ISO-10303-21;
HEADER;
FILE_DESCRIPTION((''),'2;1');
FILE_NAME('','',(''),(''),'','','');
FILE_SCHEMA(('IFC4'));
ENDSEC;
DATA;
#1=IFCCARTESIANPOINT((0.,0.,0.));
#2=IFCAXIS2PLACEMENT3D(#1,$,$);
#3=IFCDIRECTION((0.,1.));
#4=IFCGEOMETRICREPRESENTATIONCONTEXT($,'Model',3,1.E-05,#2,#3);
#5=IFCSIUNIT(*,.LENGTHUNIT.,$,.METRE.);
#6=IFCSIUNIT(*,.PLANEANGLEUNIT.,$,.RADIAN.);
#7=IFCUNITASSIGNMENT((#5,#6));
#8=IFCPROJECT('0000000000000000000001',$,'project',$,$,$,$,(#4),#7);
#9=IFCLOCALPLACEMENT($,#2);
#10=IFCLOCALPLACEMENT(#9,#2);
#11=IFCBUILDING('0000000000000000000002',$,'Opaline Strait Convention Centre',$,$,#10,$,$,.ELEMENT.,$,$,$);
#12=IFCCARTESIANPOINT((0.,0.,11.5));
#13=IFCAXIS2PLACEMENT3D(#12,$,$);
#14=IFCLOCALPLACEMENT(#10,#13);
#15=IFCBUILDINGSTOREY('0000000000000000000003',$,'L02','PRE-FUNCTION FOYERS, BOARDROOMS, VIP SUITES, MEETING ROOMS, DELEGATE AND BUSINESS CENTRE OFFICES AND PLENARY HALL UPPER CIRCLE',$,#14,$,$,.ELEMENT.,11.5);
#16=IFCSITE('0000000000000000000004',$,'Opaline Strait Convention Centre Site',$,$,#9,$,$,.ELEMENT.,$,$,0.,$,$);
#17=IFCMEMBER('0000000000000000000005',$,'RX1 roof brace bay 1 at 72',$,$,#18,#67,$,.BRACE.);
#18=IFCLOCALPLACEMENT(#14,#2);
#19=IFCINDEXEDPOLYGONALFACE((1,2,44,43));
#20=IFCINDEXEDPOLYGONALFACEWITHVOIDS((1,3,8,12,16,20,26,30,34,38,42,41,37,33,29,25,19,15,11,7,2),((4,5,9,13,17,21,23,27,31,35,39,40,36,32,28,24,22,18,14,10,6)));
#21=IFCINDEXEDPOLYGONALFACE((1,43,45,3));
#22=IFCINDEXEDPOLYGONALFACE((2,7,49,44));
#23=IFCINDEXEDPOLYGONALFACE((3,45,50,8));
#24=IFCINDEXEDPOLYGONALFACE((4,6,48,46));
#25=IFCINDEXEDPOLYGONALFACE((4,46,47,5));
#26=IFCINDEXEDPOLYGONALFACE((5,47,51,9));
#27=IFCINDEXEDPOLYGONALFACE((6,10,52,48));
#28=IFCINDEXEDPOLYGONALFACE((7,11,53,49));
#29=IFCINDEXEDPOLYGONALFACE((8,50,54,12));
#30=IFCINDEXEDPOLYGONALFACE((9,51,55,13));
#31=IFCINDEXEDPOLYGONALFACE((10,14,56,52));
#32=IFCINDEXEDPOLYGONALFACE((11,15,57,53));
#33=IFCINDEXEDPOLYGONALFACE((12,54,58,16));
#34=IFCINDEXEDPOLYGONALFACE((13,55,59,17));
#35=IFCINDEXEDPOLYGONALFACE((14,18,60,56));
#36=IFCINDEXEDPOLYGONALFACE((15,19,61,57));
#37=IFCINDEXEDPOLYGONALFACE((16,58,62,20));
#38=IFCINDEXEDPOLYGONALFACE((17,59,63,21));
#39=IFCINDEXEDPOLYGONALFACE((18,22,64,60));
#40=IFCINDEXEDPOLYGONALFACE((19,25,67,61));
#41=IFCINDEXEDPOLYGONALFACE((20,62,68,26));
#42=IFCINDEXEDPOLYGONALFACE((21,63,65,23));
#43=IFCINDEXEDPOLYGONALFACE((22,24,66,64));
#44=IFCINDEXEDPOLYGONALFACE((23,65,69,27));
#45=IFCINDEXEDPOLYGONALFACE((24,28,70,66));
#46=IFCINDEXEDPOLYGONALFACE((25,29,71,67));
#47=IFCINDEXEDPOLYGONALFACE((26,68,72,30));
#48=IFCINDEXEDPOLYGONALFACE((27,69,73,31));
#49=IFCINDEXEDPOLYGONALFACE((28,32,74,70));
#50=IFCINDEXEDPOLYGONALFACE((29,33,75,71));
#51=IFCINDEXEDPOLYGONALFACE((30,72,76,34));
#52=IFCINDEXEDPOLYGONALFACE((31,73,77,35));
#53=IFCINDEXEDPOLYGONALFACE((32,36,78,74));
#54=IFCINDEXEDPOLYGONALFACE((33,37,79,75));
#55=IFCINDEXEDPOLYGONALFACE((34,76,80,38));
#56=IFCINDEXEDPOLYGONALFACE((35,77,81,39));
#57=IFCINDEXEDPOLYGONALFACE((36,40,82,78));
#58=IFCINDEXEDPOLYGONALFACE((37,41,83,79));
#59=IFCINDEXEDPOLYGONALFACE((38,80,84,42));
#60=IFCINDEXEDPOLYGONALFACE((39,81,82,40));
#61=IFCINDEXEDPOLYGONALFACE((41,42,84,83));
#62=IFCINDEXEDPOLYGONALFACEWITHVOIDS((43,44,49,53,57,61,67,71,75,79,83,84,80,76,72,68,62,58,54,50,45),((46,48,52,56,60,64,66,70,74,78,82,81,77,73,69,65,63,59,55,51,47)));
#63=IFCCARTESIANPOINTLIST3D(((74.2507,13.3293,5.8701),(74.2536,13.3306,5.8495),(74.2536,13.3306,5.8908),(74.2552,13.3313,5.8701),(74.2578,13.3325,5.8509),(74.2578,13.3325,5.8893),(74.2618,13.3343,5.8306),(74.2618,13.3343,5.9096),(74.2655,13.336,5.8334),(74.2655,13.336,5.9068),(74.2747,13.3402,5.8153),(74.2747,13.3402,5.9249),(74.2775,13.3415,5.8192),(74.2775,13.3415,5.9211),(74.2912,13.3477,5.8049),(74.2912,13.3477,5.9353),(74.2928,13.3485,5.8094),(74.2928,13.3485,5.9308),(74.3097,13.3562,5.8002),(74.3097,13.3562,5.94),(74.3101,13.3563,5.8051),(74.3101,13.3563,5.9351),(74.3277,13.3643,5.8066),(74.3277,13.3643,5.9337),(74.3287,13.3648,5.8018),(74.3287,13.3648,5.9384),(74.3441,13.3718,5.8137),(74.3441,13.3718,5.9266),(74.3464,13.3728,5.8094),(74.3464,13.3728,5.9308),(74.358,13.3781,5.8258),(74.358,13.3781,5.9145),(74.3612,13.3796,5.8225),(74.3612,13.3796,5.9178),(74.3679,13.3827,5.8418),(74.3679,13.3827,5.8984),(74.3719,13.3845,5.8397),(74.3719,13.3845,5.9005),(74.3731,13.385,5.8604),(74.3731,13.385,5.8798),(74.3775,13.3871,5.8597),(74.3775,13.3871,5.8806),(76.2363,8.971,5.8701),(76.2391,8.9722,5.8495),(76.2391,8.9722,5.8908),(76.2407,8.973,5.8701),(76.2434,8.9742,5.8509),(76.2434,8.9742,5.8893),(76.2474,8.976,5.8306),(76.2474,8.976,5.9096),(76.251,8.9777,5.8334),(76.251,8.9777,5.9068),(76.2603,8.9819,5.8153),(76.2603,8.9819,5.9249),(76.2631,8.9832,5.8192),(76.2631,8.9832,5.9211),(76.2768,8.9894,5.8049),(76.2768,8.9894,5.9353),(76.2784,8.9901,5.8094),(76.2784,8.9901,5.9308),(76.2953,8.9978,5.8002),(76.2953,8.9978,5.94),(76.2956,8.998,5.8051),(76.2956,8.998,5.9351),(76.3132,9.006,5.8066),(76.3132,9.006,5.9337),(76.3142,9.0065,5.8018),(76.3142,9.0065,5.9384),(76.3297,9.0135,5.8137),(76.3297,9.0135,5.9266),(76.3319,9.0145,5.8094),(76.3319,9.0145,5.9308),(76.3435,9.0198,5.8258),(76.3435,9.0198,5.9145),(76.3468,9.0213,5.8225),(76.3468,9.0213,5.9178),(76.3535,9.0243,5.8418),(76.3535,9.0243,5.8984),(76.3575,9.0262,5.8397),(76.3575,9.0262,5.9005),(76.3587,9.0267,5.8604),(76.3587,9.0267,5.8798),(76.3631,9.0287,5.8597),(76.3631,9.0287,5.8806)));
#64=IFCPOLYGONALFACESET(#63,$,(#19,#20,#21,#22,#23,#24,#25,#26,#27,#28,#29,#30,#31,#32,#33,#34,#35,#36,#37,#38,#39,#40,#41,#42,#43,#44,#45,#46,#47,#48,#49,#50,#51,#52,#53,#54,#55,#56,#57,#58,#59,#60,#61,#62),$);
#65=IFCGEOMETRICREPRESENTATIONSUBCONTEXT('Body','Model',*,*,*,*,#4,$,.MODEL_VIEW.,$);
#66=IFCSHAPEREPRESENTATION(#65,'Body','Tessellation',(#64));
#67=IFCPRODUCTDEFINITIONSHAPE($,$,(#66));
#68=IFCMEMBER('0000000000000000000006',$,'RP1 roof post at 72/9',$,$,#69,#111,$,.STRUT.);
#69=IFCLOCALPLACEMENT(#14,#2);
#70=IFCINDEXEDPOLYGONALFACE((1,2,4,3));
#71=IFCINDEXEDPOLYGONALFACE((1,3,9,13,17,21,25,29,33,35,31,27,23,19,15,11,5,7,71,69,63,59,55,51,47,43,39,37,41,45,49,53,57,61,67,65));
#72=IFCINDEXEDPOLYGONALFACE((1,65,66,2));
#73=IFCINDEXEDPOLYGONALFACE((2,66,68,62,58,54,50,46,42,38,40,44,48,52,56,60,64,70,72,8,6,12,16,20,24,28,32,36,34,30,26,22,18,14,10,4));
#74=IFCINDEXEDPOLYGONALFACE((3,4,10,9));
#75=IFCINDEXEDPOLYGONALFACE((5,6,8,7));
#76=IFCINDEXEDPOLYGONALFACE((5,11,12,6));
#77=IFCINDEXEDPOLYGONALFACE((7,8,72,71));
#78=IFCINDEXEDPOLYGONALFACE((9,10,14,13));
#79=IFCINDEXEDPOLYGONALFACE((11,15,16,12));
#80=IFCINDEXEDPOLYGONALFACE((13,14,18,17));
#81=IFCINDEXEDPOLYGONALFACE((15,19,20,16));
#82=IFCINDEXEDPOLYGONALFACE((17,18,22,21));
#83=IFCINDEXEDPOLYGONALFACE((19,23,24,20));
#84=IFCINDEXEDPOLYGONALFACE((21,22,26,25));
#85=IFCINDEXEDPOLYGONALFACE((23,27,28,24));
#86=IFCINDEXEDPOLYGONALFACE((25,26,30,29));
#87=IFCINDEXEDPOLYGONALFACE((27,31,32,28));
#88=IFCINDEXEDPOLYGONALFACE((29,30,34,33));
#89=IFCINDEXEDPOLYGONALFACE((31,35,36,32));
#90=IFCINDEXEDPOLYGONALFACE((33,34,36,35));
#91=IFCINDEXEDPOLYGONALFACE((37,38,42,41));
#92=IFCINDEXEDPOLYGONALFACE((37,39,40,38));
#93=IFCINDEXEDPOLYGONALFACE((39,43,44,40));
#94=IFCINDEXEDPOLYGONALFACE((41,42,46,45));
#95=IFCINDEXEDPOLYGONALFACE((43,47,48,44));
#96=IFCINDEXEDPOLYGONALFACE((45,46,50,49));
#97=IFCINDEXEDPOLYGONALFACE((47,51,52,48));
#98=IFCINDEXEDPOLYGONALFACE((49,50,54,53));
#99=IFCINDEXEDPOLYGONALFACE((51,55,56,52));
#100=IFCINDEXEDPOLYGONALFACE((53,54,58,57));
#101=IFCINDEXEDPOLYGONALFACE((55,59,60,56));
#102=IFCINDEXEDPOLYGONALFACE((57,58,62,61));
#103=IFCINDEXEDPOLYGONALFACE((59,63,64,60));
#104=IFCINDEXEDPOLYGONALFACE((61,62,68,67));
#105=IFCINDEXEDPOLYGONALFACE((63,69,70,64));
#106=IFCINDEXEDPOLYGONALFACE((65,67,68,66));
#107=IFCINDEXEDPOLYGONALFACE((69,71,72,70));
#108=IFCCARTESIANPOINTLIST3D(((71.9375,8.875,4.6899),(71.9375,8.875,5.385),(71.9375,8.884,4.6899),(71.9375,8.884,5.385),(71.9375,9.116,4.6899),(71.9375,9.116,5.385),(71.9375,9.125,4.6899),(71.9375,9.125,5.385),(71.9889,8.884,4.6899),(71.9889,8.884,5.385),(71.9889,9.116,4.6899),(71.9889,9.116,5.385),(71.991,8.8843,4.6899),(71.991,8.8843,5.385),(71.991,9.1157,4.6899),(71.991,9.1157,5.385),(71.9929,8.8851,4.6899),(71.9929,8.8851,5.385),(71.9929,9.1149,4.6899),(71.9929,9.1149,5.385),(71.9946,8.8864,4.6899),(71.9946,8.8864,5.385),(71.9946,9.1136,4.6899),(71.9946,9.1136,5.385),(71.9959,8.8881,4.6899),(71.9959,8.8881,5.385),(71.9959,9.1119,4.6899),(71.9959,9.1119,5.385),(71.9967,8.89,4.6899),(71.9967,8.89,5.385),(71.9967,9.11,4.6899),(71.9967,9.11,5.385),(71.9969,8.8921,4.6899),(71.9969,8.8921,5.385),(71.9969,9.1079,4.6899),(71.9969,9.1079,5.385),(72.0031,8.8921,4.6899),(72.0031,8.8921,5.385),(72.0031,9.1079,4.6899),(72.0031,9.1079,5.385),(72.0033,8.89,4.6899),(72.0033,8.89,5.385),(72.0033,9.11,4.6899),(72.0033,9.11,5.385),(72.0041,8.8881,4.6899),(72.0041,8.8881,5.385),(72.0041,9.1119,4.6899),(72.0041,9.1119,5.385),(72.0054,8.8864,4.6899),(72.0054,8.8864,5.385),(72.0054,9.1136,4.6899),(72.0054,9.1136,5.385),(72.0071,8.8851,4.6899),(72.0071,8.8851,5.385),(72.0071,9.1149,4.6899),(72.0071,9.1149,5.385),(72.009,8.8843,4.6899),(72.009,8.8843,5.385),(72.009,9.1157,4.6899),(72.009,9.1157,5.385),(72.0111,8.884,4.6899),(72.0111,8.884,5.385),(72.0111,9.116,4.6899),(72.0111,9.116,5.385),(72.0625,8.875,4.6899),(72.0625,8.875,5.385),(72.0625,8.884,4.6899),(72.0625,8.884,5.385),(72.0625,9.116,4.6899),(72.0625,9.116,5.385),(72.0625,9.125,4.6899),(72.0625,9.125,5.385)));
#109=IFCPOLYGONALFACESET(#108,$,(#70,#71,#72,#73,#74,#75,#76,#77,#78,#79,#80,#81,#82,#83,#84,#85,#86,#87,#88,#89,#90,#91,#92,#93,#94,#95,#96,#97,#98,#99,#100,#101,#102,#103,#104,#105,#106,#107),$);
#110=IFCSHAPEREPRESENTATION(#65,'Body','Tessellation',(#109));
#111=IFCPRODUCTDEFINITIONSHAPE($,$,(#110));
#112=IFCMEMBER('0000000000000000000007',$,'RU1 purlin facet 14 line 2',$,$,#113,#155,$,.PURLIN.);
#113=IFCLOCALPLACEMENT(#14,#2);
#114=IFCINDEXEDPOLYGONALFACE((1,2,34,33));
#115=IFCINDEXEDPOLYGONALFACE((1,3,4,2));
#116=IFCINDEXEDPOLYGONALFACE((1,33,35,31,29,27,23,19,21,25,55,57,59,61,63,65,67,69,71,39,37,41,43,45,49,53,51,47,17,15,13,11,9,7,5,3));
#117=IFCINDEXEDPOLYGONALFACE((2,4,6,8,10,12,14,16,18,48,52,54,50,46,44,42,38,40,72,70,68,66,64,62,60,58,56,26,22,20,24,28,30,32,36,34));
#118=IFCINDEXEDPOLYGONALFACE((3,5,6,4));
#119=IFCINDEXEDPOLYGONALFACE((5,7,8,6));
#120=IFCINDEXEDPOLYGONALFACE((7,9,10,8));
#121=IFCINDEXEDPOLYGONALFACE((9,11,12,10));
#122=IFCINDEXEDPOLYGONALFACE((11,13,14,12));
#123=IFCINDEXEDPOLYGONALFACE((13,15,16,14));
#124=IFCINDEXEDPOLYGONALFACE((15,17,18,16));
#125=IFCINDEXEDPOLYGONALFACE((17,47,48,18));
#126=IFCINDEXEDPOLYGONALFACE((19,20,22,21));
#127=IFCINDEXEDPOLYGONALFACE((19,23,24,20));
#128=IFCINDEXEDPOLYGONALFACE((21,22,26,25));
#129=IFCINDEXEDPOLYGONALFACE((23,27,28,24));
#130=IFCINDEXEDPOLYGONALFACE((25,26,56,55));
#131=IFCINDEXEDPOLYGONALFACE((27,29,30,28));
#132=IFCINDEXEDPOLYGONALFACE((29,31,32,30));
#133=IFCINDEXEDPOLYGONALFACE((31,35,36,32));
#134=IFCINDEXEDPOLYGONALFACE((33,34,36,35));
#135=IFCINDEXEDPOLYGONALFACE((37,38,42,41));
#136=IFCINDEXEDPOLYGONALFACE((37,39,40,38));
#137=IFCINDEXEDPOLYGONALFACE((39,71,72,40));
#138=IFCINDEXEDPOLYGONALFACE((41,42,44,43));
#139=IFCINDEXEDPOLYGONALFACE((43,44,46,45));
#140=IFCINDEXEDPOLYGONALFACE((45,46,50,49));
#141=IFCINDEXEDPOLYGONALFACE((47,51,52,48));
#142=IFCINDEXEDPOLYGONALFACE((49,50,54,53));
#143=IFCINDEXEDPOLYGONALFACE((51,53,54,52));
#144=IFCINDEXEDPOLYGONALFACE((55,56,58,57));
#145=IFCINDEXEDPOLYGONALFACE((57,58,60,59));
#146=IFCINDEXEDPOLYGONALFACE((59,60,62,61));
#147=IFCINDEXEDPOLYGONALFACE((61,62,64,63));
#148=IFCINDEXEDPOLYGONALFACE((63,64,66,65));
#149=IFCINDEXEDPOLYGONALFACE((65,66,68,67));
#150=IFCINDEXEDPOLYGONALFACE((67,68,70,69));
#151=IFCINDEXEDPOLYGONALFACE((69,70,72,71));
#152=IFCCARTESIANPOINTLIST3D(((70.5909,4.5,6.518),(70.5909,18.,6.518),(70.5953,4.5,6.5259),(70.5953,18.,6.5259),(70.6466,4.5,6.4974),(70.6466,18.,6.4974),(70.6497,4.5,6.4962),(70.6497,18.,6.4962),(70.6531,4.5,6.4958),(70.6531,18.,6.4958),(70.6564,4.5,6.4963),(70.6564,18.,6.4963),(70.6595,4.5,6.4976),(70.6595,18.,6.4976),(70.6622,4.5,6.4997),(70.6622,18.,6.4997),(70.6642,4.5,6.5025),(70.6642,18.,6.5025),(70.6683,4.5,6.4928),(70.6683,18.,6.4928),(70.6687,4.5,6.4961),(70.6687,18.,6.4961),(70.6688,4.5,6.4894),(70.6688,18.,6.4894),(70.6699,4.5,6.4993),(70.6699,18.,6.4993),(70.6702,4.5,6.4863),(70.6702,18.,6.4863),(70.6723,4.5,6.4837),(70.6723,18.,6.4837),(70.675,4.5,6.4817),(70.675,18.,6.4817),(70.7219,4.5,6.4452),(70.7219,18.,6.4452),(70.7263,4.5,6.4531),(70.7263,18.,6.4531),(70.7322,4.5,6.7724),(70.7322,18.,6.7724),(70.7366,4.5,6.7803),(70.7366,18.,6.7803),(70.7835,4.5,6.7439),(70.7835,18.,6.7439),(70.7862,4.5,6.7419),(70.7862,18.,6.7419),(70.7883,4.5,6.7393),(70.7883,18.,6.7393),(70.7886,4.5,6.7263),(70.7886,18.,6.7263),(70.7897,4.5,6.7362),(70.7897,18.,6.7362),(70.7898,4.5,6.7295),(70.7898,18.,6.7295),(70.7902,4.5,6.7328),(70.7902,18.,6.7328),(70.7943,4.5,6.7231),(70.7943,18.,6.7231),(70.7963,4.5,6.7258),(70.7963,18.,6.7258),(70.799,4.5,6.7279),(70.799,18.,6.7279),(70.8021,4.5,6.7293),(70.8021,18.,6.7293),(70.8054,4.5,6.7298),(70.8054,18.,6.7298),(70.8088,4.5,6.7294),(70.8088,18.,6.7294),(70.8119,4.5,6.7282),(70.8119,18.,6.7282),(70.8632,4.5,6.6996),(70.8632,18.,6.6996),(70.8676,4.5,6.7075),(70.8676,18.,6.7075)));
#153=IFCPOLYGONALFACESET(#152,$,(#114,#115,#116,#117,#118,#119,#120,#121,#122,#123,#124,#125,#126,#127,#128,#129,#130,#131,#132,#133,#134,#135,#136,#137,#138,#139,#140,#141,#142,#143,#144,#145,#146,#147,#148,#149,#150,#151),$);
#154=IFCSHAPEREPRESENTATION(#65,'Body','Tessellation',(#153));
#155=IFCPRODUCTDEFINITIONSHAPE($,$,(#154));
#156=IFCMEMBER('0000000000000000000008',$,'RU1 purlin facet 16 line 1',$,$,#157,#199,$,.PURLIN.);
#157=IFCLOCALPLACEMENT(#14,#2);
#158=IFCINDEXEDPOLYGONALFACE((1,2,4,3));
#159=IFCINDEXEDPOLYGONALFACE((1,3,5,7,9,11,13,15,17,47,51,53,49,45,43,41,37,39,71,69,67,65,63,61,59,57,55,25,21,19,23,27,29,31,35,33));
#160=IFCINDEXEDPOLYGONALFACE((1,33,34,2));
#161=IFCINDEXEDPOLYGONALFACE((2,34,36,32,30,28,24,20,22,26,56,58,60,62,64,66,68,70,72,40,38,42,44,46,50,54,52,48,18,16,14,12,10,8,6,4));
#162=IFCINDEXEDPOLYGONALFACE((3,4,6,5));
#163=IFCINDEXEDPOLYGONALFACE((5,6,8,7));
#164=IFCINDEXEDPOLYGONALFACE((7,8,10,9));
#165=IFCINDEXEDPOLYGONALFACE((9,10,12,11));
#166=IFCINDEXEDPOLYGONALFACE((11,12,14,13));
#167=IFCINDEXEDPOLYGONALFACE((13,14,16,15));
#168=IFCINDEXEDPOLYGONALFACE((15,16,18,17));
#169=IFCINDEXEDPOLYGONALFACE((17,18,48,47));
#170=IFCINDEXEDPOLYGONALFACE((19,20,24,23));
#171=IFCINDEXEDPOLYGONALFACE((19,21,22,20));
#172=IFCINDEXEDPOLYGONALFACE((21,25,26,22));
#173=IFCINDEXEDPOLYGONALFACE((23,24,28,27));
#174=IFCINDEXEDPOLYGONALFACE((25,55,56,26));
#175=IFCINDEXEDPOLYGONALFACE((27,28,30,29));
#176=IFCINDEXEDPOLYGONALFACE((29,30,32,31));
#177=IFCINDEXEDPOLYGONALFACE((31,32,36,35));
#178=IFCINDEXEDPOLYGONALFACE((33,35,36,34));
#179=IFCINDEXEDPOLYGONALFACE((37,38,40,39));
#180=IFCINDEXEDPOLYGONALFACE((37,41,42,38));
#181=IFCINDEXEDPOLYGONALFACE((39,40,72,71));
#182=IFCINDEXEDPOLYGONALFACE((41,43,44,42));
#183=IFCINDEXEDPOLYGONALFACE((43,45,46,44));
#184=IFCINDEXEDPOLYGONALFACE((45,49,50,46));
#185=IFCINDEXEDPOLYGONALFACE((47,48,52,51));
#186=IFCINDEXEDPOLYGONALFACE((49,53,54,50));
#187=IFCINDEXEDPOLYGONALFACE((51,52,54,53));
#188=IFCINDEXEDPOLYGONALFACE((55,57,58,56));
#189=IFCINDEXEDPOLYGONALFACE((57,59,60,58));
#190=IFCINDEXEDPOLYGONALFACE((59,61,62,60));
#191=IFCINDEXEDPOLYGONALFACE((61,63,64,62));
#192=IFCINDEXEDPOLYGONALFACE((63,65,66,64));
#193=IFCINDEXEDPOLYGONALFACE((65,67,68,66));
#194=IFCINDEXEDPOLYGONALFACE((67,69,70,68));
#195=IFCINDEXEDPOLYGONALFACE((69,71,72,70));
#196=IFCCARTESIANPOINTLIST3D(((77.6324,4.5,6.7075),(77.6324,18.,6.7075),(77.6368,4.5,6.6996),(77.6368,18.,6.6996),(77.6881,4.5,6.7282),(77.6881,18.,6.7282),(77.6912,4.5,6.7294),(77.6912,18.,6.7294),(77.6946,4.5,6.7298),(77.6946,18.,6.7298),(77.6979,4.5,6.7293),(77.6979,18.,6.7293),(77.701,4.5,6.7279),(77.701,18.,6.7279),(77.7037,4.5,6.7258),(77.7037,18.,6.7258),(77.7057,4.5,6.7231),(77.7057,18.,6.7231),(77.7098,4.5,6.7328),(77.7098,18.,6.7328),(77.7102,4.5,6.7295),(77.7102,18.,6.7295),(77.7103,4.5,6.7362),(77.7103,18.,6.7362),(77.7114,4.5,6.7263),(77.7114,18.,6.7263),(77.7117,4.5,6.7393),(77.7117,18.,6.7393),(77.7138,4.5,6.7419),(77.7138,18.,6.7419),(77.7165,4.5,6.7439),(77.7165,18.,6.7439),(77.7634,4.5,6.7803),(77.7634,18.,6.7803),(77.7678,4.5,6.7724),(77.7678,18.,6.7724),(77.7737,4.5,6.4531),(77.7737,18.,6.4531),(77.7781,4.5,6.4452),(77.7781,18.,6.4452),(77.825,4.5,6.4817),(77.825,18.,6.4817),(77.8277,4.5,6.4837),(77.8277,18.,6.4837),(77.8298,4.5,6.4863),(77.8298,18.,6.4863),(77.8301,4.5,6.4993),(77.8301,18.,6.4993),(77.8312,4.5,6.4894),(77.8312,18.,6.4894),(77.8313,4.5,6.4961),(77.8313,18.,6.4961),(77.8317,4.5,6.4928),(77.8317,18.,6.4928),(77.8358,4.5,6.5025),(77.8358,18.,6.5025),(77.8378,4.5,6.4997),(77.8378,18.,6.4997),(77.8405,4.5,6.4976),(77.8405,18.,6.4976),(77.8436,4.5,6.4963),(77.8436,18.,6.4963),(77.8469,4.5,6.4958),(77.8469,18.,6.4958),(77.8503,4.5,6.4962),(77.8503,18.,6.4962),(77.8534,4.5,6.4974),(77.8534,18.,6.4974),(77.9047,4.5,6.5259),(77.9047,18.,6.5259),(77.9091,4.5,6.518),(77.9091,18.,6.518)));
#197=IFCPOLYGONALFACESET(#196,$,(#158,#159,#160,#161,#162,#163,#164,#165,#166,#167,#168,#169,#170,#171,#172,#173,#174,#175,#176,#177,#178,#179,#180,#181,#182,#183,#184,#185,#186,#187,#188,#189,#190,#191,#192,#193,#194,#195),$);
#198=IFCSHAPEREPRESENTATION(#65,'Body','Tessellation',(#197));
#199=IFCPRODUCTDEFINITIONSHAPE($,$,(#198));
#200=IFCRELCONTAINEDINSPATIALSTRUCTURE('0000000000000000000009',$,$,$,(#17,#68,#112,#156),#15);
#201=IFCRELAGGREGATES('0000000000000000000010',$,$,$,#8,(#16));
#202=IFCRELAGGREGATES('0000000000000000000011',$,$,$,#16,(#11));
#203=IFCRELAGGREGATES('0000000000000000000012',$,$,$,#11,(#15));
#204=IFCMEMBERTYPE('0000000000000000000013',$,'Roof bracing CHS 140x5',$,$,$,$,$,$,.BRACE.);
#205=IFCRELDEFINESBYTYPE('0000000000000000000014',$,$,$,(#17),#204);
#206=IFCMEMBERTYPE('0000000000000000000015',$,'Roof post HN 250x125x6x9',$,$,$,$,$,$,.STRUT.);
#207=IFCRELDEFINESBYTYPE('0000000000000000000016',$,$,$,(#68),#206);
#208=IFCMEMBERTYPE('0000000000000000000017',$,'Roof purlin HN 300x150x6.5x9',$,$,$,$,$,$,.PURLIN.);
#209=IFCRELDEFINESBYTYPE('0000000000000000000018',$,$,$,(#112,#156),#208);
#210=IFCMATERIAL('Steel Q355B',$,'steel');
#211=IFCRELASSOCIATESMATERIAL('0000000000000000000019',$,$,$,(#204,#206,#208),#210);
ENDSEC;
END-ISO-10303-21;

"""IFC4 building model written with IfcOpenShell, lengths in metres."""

from ifc_helpers import new_model, si_unit, direction, frame, origin, origin_2d, place, context, subcontext, project, spatial, hollow_circle, i_section, extrude, material, material_profile, profile_set, type_object, element, save


model = new_model("IFC4")

# Units and contexts
model_context = context("Model", 3, precision=1e-05, world=origin(), true_north=direction((0.0, 1.0)))
body_context = subcontext(model_context, "Body", "Model", "MODEL_VIEW")
ifc_project = project(units=[si_unit("LENGTHUNIT", "METRE"), si_unit("PLANEANGLEUNIT", "RADIAN")], contexts=[model_context])

# Site, building, storey
site_placement = place(None, origin())
site = spatial("IfcSite", under=ifc_project, at=site_placement, Name="Opaline Strait Convention Centre Site", CompositionType="ELEMENT", RefElevation=0.0)
building_placement = place(site_placement, origin())
building = spatial("IfcBuilding", under=site, at=building_placement, Name="Opaline Strait Convention Centre", CompositionType="ELEMENT")
storey_placement = place(building_placement, frame((0.0, 0.0, 11.5)))
storey = spatial("IfcBuildingStorey", under=building, at=storey_placement, Name="L02", Description="PRE-FUNCTION FOYERS, BOARDROOMS, VIP SUITES, MEETING ROOMS, DELEGATE AND BUSINESS CENTRE OFFICES AND PLENARY HALL UPPER CIRCLE", CompositionType="ELEMENT", Elevation=11.5)

# Shared definitions
ifc_material_1 = material(Name="Steel Q355B", Category="steel")

# Members
ifc_material_profile_1 = material_profile(ifc_material_1, hollow_circle(Radius=0.0701, WallThickness=0.0049, at=origin_2d()), Name="CHS 140x5")
ifc_profile_set_1 = profile_set([ifc_material_profile_1], Name="Steel Q355B")
member_type_1 = type_object("IfcMemberType", Name="Roof bracing CHS 140x5", PredefinedType="BRACE", material=ifc_profile_set_1)
member_1_placement = place(storey_placement, frame((76.3, 9.0, 5.8701), z_axis=(-0.414582, 0.910012, 0.0), x_axis=(-0.910012, -0.414582, 0.0)))
element("IfcMember", 1, at=member_1_placement, inside=storey, type_object=member_type_1, Name="RX1 roof brace bay 1 at 72", PredefinedType="BRACE", context=body_context, shape_type="SweptSolid", body=[
    extrude(hollow_circle(Radius=0.0701, WallThickness=0.0049, at=origin_2d()), origin(), (0.0, 0.0, 1.0), 4.7893),
])
ifc_material_profile_2 = material_profile(ifc_material_1, i_section(OverallWidth=0.125, OverallDepth=0.25, WebThickness=0.0061, FlangeThickness=0.009, FilletRadius=0.0081, at=origin_2d()), Name="HN 250x125x6x9")
ifc_profile_set_2 = profile_set([ifc_material_profile_2], Name="Steel Q355B")
member_type_2 = type_object("IfcMemberType", Name="Roof post HN 250x125x6x9", PredefinedType="STRUT", material=ifc_profile_set_2)
member_2_placement = place(storey_placement, frame((72.0, 9.0, 4.6899), z_axis=(0.0, 0.0, 1.0), x_axis=(1.0, 0.0, 0.0)))
element("IfcMember", 2, at=member_2_placement, inside=storey, type_object=member_type_2, Name="RP1 roof post at 72/9", PredefinedType="STRUT", context=body_context, shape_type="SweptSolid", body=[
    extrude(i_section(OverallWidth=0.125, OverallDepth=0.25, WebThickness=0.0061, FlangeThickness=0.009, FilletRadius=0.0081, at=origin_2d()), origin(), (0.0, 0.0, 1.0), 0.6951),
])
ifc_material_profile_3 = material_profile(ifc_material_1, i_section(OverallWidth=0.1499, OverallDepth=0.3, WebThickness=0.0066, FlangeThickness=0.009, FilletRadius=0.0129, at=origin_2d()), Name="HN 300x150x6.5x9")
ifc_profile_set_3 = profile_set([ifc_material_profile_3], Name="Steel Q355B")
member_type_3 = type_object("IfcMemberType", Name="Roof purlin HN 300x150x6.5x9", PredefinedType="PURLIN", material=ifc_profile_set_3)
for number, where, z_axis, x_axis, name in (
    (3, (70.7292, 4.5, 6.6128), (0.0, 1.0, 0.0), (-0.874157, 0.0, 0.485643), "RU1 purlin facet 14 line 2"),
    (4, (77.7708, 4.5, 6.6128), (0.0, 1.0, 0.0), (-0.874157, 0.0, -0.485643), "RU1 purlin facet 16 line 1"),
):
    element("IfcMember", number, at=place(storey_placement, frame(where, z_axis=z_axis, x_axis=x_axis)), inside=storey, type_object=member_type_3, Name=name, PredefinedType="PURLIN", context=body_context, shape_type="SweptSolid", body=[
        extrude(i_section(OverallWidth=0.1499, OverallDepth=0.3, WebThickness=0.0066, FlangeThickness=0.009, FilletRadius=0.0129, at=origin_2d()), origin(), (0.0, 0.0, 1.0), 13.5),
    ])

save(model, "model.ifc")
